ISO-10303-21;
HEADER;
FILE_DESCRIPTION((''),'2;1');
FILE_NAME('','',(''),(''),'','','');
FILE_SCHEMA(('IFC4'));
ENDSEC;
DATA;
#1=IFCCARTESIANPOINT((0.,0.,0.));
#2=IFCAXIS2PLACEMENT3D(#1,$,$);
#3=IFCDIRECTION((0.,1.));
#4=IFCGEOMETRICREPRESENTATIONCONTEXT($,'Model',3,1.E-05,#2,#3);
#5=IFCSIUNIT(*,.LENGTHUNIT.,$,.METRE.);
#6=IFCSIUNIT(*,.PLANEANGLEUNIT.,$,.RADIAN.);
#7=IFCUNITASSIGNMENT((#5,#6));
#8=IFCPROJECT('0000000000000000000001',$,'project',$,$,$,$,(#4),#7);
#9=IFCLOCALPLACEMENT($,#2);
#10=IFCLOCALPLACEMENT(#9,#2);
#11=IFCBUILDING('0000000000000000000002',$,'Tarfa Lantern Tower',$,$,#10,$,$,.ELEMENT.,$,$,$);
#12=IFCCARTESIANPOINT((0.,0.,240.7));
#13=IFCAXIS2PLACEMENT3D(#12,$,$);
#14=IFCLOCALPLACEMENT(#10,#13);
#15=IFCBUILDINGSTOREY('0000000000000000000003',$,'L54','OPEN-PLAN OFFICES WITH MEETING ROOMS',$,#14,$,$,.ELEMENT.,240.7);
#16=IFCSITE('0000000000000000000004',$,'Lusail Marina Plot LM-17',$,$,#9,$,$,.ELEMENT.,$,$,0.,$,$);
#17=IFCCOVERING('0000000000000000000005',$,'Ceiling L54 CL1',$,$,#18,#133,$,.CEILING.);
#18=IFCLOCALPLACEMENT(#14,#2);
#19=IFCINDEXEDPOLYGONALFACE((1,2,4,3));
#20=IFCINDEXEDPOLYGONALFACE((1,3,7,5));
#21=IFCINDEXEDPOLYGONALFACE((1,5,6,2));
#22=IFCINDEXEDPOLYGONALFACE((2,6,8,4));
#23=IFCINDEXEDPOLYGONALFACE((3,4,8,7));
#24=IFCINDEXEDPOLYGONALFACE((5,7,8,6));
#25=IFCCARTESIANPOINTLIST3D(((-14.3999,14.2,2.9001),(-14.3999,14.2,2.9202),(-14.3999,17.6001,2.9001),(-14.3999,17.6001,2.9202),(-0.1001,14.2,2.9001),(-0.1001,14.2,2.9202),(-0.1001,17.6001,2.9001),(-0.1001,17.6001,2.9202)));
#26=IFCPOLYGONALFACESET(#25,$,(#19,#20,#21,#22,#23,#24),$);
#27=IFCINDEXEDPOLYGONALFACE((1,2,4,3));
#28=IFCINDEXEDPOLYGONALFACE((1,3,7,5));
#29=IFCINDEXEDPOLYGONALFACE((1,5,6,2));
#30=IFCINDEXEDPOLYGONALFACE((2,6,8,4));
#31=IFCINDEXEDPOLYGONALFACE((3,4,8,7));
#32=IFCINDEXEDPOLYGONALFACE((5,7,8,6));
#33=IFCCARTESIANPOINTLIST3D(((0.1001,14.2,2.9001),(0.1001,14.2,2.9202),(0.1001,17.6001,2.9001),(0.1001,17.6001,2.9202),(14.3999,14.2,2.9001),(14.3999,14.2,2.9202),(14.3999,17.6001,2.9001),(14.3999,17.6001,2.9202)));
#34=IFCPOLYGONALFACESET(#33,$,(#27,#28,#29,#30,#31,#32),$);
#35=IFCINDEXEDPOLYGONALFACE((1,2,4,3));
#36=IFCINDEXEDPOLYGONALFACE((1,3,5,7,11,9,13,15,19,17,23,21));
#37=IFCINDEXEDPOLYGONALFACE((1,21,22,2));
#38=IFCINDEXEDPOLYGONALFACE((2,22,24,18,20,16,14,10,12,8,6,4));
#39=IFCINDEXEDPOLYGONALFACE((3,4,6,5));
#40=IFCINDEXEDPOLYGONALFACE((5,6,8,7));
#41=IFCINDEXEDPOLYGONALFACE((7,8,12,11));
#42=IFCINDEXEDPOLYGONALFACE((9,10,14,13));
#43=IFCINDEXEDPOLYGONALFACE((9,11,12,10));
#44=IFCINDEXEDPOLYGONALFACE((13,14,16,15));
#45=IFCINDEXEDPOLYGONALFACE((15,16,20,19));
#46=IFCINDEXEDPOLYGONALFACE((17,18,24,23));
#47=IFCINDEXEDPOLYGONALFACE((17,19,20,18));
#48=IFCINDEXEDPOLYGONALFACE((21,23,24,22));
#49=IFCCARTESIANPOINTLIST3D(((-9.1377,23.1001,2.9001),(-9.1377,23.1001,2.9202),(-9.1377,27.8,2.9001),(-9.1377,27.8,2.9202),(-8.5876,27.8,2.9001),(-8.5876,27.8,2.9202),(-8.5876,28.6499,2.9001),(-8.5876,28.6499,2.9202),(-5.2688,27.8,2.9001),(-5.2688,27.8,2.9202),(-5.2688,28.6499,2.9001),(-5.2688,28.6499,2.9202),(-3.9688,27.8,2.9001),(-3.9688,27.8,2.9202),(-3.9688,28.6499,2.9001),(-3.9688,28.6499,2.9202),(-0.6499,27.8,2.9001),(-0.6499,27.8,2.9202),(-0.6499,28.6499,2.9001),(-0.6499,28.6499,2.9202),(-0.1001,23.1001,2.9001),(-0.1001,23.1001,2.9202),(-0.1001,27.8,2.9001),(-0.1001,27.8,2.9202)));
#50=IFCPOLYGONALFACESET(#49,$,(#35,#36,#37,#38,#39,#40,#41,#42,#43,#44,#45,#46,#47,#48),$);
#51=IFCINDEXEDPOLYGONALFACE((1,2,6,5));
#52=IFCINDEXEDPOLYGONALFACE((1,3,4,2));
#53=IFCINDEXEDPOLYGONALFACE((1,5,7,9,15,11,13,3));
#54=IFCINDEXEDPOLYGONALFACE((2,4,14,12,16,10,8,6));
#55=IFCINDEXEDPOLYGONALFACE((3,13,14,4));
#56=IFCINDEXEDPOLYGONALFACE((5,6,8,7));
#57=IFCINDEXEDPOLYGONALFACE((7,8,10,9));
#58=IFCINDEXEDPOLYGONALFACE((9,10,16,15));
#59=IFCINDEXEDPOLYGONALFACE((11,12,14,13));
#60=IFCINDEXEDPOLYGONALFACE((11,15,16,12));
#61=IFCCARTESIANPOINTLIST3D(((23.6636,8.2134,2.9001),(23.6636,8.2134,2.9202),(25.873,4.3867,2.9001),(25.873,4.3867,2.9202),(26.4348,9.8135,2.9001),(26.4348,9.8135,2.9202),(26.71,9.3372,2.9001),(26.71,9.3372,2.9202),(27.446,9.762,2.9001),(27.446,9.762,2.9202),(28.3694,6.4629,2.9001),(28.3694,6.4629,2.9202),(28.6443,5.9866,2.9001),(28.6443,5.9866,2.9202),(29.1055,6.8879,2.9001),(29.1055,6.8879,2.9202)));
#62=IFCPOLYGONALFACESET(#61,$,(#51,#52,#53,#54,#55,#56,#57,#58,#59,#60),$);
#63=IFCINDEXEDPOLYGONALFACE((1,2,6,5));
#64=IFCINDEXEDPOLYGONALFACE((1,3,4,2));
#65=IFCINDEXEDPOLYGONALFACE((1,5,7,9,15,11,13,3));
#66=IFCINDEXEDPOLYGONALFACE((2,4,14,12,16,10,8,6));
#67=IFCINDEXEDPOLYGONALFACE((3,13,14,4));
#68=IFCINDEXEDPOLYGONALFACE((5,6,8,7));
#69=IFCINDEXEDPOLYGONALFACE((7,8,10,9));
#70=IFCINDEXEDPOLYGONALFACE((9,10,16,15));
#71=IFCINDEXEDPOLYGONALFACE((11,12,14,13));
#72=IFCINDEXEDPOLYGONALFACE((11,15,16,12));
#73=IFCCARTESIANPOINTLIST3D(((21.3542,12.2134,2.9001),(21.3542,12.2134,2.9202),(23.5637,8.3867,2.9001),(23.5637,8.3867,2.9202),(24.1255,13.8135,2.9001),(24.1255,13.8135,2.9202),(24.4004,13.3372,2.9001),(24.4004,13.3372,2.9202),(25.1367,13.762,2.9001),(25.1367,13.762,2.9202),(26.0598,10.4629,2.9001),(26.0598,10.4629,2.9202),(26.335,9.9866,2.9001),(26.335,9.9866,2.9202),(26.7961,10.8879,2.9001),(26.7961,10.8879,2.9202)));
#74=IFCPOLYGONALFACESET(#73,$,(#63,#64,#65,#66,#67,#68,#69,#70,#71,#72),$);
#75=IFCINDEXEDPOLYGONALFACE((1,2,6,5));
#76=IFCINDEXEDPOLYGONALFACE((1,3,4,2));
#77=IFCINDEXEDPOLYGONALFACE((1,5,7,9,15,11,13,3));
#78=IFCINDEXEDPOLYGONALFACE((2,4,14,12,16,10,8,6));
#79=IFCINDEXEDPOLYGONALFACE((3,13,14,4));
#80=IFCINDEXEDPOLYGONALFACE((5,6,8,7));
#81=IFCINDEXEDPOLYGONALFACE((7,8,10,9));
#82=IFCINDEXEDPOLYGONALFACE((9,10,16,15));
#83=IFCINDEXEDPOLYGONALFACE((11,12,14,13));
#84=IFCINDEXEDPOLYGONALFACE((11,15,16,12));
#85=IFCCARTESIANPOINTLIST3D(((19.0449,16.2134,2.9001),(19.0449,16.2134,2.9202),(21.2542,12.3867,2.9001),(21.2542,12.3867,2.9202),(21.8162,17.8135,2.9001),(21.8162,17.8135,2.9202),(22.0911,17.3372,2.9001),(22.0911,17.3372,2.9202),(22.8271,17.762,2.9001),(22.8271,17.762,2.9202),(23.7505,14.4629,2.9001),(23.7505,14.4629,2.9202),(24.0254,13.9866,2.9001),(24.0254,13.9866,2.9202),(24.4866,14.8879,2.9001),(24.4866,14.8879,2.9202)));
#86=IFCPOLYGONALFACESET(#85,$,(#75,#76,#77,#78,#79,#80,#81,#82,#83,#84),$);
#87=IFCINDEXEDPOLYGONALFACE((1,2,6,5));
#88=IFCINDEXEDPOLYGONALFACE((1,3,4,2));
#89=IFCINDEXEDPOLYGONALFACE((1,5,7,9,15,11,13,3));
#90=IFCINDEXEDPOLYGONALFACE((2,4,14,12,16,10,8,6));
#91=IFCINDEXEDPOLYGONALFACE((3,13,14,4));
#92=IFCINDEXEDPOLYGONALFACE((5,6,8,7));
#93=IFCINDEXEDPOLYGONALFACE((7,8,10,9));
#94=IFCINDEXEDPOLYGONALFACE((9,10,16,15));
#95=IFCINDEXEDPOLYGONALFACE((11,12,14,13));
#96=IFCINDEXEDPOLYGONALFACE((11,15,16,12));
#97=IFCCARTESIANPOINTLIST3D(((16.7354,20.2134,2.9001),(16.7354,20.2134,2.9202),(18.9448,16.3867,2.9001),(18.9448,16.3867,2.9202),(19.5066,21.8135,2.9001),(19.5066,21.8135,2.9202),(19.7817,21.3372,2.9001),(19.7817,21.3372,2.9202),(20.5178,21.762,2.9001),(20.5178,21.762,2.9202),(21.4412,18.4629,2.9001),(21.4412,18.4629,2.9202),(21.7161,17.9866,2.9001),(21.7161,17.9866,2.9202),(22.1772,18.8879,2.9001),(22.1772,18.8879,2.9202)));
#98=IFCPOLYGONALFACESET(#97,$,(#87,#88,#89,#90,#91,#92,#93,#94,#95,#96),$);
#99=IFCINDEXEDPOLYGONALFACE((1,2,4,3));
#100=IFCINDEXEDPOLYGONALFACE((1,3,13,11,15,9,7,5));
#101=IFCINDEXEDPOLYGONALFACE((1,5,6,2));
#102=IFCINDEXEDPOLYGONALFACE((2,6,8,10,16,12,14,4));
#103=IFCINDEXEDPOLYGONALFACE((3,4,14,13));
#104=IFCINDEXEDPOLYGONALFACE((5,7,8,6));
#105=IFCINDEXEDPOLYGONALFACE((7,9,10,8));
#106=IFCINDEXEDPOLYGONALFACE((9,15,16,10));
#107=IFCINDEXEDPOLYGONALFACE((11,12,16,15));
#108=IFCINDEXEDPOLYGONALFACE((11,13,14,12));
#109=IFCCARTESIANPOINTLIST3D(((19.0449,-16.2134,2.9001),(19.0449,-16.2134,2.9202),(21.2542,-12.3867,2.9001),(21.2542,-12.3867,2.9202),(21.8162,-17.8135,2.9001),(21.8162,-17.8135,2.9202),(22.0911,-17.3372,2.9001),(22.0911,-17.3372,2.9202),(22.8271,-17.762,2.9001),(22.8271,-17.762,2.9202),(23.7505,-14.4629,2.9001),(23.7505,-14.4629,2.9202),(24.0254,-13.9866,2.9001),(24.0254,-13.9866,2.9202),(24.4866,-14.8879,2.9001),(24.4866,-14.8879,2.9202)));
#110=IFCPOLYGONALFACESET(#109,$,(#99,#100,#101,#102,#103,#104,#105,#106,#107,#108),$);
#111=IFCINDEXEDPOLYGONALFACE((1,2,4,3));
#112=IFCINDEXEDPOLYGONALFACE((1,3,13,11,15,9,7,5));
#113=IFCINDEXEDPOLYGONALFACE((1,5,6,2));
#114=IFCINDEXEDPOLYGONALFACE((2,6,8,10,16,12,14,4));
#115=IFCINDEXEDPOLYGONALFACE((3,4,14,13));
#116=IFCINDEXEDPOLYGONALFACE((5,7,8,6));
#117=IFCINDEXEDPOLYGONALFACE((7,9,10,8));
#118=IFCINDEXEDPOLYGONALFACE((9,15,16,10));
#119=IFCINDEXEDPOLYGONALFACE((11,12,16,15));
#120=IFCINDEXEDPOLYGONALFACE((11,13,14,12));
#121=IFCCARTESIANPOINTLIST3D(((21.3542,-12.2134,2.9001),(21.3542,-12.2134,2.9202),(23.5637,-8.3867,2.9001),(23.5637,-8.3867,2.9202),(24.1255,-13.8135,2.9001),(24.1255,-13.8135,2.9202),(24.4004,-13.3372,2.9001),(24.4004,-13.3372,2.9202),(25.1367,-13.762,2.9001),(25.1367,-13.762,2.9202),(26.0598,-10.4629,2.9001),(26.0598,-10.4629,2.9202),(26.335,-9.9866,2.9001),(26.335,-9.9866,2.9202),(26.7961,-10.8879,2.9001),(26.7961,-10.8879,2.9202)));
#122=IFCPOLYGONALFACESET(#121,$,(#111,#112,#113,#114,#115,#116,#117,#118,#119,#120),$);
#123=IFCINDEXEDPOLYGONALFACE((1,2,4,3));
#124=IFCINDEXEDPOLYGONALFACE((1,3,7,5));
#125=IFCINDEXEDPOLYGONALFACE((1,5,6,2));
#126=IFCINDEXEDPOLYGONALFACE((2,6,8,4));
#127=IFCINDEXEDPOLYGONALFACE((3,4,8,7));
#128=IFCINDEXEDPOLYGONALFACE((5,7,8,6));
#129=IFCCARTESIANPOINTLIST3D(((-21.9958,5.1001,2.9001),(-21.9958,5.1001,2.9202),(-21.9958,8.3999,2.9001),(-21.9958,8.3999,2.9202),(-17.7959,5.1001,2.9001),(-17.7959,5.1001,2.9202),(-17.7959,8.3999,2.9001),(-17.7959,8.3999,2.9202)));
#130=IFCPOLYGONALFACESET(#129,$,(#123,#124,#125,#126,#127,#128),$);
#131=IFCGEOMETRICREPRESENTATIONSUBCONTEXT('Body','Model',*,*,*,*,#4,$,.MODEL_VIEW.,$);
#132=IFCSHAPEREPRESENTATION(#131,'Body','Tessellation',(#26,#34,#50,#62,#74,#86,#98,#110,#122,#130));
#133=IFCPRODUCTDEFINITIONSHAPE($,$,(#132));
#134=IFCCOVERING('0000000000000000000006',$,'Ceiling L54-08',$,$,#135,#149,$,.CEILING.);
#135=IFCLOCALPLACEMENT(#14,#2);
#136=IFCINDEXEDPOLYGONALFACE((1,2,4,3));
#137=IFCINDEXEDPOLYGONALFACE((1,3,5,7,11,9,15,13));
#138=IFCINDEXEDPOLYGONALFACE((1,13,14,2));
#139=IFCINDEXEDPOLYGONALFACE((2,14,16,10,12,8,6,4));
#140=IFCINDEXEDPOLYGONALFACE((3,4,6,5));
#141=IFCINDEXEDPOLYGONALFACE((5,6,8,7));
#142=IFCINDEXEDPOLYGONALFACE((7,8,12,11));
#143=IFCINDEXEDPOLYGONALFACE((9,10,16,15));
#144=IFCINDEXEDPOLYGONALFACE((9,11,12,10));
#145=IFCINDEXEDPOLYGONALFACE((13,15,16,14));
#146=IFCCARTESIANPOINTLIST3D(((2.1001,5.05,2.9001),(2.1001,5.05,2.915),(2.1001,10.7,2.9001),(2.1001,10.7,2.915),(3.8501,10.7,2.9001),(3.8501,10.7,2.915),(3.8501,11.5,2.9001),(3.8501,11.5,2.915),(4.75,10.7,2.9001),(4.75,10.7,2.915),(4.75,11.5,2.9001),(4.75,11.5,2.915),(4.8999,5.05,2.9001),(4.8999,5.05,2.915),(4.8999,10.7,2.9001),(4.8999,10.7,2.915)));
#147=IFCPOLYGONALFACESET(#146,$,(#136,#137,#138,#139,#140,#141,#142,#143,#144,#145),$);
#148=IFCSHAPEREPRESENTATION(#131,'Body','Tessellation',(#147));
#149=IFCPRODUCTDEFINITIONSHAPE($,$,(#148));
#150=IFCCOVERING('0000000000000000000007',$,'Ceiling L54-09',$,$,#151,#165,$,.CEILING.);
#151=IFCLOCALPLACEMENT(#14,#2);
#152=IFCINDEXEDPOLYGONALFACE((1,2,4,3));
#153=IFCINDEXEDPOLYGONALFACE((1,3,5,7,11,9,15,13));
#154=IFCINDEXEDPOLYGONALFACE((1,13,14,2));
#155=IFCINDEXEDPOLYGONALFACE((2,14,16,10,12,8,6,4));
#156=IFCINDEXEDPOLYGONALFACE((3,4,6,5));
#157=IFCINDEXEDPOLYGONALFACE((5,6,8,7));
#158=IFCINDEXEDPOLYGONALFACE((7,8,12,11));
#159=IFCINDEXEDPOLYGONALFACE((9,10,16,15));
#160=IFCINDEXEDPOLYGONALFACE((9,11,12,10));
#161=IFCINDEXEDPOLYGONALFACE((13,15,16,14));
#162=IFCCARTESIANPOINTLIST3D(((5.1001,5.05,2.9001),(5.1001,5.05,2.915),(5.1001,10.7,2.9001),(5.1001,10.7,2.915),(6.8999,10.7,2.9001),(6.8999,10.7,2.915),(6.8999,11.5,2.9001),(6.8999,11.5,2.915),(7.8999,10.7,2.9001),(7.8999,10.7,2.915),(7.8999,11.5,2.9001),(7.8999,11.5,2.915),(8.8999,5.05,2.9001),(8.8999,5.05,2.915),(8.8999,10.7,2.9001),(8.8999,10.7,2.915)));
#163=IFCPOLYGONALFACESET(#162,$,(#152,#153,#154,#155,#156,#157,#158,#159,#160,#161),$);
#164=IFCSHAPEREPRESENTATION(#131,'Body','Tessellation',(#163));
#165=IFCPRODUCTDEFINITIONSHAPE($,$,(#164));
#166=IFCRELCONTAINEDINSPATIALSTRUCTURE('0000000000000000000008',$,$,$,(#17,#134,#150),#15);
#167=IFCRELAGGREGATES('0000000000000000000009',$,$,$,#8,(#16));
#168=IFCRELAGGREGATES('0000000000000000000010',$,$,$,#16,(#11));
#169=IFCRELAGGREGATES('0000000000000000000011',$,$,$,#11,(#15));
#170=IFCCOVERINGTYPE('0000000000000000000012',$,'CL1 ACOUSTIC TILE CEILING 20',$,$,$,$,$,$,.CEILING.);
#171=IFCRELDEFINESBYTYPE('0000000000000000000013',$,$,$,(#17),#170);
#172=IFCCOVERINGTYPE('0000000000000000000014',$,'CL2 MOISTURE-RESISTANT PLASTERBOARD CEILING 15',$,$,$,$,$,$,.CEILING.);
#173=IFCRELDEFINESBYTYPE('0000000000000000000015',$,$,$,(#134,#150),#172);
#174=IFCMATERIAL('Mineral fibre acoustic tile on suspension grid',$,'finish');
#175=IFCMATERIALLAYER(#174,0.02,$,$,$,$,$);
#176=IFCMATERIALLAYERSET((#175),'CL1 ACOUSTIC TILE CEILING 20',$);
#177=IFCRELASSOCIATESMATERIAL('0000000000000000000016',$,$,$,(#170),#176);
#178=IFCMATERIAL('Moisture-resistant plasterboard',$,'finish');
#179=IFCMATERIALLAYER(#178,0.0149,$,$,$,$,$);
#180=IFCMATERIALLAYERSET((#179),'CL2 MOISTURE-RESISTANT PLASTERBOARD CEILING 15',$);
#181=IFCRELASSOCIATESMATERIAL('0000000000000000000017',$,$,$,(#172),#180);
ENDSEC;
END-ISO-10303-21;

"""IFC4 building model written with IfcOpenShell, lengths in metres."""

from ifc_helpers import new_model, si_unit, direction, frame, origin, place, context, subcontext, project, spatial, polyline, outline, extrude, material, layer, layer_set, type_object, element, save


model = new_model("IFC4")

# Units and contexts
model_context = context("Model", 3, precision=1e-05, world=origin(), true_north=direction((0.0, 1.0)))
body_context = subcontext(model_context, "Body", "Model", "MODEL_VIEW")
ifc_project = project(units=[si_unit("LENGTHUNIT", "METRE"), si_unit("PLANEANGLEUNIT", "RADIAN")], contexts=[model_context])

# Site, building, storey
site_placement = place(None, origin())
site = spatial("IfcSite", under=ifc_project, at=site_placement, Name="Lusail Marina Plot LM-17", CompositionType="ELEMENT", RefElevation=0.0)
building_placement = place(site_placement, origin())
building = spatial("IfcBuilding", under=site, at=building_placement, Name="Tarfa Lantern Tower", CompositionType="ELEMENT")
storey_placement = place(building_placement, frame((0.0, 0.0, 240.7)))
storey = spatial("IfcBuildingStorey", under=building, at=storey_placement, Name="L54", Description="OPEN-PLAN OFFICES WITH MEETING ROOMS", CompositionType="ELEMENT", Elevation=240.7)

# Coverings
ifc_material_1 = material(Name="Mineral fibre acoustic tile on suspension grid", Category="finish")
ifc_layer_1 = layer(ifc_material_1, 0.02)
ifc_layer_set_1 = layer_set([ifc_layer_1], Name="CL1 ACOUSTIC TILE CEILING 20")
covering_type_1 = type_object("IfcCoveringType", Name="CL1 ACOUSTIC TILE CEILING 20", PredefinedType="CEILING", material=ifc_layer_set_1)
covering_1_placement = place(storey_placement, frame((0.0, 0.0, 2.9001)))
element("IfcCovering", 1, at=covering_1_placement, inside=storey, type_object=covering_type_1, Name="Ceiling L54 CL1", PredefinedType="CEILING", context=body_context, shape_type="SweptSolid", body=[
    extrude(outline(polyline([(-14.3999, 17.6001), (-0.1001, 17.6001), (-0.1001, 14.2), (-14.3999, 14.2), (-14.3999, 17.6001)])), origin(), (0.0, 0.0, 1.0), 0.02),
    extrude(outline(polyline([(0.1001, 17.6001), (14.3999, 17.6001), (14.3999, 14.2), (0.1001, 14.2), (0.1001, 17.6001)])), origin(), (0.0, 0.0, 1.0), 0.02),
    extrude(outline(polyline([(-0.1001, 23.1001), (-9.1377, 23.1001), (-9.1377, 27.8), (-8.5876, 27.8), (-8.5876, 28.6499), (-5.2688, 28.6499), (-5.2688, 27.8), (-3.9688, 27.8), (-3.9688, 28.6499), (-0.6499, 28.6499), (-0.6499, 27.8), (-0.1001, 27.8), (-0.1001, 23.1001)])), origin(), (0.0, 0.0, 1.0), 0.02),
    extrude(outline(polyline([(23.6636, 8.2134), (26.4348, 9.8135), (26.71, 9.3372), (27.446, 9.762), (29.1055, 6.8879), (28.3694, 6.4629), (28.6443, 5.9866), (25.873, 4.3867), (23.6636, 8.2134)])), origin(), (0.0, 0.0, 1.0), 0.02),
    extrude(outline(polyline([(21.3542, 12.2134), (24.1255, 13.8135), (24.4004, 13.3372), (25.1367, 13.762), (26.7961, 10.8879), (26.0598, 10.4629), (26.335, 9.9866), (23.5637, 8.3867), (21.3542, 12.2134)])), origin(), (0.0, 0.0, 1.0), 0.02),
    extrude(outline(polyline([(19.0449, 16.2134), (21.8162, 17.8135), (22.0911, 17.3372), (22.8271, 17.762), (24.4866, 14.8879), (23.7505, 14.4629), (24.0254, 13.9866), (21.2542, 12.3867), (19.0449, 16.2134)])), origin(), (0.0, 0.0, 1.0), 0.02),
    extrude(outline(polyline([(16.7354, 20.2134), (19.5066, 21.8135), (19.7817, 21.3372), (20.5178, 21.762), (22.1772, 18.8879), (21.4412, 18.4629), (21.7161, 17.9866), (18.9448, 16.3867), (16.7354, 20.2134)])), origin(), (0.0, 0.0, 1.0), 0.02),
    extrude(outline(polyline([(21.2542, -12.3867), (24.0254, -13.9866), (23.7505, -14.4629), (24.4866, -14.8879), (22.8271, -17.762), (22.0911, -17.3372), (21.8162, -17.8135), (19.0449, -16.2134), (21.2542, -12.3867)])), origin(), (0.0, 0.0, 1.0), 0.02),
    extrude(outline(polyline([(23.5637, -8.3867), (26.335, -9.9866), (26.0598, -10.4629), (26.7961, -10.8879), (25.1367, -13.762), (24.4004, -13.3372), (24.1255, -13.8135), (21.3542, -12.2134), (23.5637, -8.3867)])), origin(), (0.0, 0.0, 1.0), 0.02),
    extrude(outline(polyline([(-21.9958, 8.3999), (-17.7959, 8.3999), (-17.7959, 5.1001), (-21.9958, 5.1001), (-21.9958, 8.3999)])), origin(), (0.0, 0.0, 1.0), 0.02),
])
ifc_material_2 = material(Name="Moisture-resistant plasterboard", Category="finish")
ifc_layer_2 = layer(ifc_material_2, 0.0149)
ifc_layer_set_2 = layer_set([ifc_layer_2], Name="CL2 MOISTURE-RESISTANT PLASTERBOARD CEILING 15")
covering_type_2 = type_object("IfcCoveringType", Name="CL2 MOISTURE-RESISTANT PLASTERBOARD CEILING 15", PredefinedType="CEILING", material=ifc_layer_set_2)
covering_2_placement = place(storey_placement, frame((0.0, 0.0, 2.9001)))
element("IfcCovering", 2, at=covering_2_placement, inside=storey, type_object=covering_type_2, Name="Ceiling L54-08", PredefinedType="CEILING", context=body_context, shape_type="SweptSolid", body=[
    extrude(outline(polyline([(2.1001, 5.05), (4.8999, 5.05), (4.8999, 10.7), (4.75, 10.7), (4.75, 11.5), (3.8501, 11.5), (3.8501, 10.7), (2.1001, 10.7), (2.1001, 5.05)])), origin(), (0.0, 0.0, 1.0), 0.0149),
])
covering_3_placement = place(storey_placement, frame((0.0, 0.0, 2.9001)))
element("IfcCovering", 3, at=covering_3_placement, inside=storey, type_object=covering_type_2, Name="Ceiling L54-09", PredefinedType="CEILING", context=body_context, shape_type="SweptSolid", body=[
    extrude(outline(polyline([(5.1001, 5.05), (8.8999, 5.05), (8.8999, 10.7), (7.8999, 10.7), (7.8999, 11.5), (6.8999, 11.5), (6.8999, 10.7), (5.1001, 10.7), (5.1001, 5.05)])), origin(), (0.0, 0.0, 1.0), 0.0149),
])

save(model, "model.ifc")
